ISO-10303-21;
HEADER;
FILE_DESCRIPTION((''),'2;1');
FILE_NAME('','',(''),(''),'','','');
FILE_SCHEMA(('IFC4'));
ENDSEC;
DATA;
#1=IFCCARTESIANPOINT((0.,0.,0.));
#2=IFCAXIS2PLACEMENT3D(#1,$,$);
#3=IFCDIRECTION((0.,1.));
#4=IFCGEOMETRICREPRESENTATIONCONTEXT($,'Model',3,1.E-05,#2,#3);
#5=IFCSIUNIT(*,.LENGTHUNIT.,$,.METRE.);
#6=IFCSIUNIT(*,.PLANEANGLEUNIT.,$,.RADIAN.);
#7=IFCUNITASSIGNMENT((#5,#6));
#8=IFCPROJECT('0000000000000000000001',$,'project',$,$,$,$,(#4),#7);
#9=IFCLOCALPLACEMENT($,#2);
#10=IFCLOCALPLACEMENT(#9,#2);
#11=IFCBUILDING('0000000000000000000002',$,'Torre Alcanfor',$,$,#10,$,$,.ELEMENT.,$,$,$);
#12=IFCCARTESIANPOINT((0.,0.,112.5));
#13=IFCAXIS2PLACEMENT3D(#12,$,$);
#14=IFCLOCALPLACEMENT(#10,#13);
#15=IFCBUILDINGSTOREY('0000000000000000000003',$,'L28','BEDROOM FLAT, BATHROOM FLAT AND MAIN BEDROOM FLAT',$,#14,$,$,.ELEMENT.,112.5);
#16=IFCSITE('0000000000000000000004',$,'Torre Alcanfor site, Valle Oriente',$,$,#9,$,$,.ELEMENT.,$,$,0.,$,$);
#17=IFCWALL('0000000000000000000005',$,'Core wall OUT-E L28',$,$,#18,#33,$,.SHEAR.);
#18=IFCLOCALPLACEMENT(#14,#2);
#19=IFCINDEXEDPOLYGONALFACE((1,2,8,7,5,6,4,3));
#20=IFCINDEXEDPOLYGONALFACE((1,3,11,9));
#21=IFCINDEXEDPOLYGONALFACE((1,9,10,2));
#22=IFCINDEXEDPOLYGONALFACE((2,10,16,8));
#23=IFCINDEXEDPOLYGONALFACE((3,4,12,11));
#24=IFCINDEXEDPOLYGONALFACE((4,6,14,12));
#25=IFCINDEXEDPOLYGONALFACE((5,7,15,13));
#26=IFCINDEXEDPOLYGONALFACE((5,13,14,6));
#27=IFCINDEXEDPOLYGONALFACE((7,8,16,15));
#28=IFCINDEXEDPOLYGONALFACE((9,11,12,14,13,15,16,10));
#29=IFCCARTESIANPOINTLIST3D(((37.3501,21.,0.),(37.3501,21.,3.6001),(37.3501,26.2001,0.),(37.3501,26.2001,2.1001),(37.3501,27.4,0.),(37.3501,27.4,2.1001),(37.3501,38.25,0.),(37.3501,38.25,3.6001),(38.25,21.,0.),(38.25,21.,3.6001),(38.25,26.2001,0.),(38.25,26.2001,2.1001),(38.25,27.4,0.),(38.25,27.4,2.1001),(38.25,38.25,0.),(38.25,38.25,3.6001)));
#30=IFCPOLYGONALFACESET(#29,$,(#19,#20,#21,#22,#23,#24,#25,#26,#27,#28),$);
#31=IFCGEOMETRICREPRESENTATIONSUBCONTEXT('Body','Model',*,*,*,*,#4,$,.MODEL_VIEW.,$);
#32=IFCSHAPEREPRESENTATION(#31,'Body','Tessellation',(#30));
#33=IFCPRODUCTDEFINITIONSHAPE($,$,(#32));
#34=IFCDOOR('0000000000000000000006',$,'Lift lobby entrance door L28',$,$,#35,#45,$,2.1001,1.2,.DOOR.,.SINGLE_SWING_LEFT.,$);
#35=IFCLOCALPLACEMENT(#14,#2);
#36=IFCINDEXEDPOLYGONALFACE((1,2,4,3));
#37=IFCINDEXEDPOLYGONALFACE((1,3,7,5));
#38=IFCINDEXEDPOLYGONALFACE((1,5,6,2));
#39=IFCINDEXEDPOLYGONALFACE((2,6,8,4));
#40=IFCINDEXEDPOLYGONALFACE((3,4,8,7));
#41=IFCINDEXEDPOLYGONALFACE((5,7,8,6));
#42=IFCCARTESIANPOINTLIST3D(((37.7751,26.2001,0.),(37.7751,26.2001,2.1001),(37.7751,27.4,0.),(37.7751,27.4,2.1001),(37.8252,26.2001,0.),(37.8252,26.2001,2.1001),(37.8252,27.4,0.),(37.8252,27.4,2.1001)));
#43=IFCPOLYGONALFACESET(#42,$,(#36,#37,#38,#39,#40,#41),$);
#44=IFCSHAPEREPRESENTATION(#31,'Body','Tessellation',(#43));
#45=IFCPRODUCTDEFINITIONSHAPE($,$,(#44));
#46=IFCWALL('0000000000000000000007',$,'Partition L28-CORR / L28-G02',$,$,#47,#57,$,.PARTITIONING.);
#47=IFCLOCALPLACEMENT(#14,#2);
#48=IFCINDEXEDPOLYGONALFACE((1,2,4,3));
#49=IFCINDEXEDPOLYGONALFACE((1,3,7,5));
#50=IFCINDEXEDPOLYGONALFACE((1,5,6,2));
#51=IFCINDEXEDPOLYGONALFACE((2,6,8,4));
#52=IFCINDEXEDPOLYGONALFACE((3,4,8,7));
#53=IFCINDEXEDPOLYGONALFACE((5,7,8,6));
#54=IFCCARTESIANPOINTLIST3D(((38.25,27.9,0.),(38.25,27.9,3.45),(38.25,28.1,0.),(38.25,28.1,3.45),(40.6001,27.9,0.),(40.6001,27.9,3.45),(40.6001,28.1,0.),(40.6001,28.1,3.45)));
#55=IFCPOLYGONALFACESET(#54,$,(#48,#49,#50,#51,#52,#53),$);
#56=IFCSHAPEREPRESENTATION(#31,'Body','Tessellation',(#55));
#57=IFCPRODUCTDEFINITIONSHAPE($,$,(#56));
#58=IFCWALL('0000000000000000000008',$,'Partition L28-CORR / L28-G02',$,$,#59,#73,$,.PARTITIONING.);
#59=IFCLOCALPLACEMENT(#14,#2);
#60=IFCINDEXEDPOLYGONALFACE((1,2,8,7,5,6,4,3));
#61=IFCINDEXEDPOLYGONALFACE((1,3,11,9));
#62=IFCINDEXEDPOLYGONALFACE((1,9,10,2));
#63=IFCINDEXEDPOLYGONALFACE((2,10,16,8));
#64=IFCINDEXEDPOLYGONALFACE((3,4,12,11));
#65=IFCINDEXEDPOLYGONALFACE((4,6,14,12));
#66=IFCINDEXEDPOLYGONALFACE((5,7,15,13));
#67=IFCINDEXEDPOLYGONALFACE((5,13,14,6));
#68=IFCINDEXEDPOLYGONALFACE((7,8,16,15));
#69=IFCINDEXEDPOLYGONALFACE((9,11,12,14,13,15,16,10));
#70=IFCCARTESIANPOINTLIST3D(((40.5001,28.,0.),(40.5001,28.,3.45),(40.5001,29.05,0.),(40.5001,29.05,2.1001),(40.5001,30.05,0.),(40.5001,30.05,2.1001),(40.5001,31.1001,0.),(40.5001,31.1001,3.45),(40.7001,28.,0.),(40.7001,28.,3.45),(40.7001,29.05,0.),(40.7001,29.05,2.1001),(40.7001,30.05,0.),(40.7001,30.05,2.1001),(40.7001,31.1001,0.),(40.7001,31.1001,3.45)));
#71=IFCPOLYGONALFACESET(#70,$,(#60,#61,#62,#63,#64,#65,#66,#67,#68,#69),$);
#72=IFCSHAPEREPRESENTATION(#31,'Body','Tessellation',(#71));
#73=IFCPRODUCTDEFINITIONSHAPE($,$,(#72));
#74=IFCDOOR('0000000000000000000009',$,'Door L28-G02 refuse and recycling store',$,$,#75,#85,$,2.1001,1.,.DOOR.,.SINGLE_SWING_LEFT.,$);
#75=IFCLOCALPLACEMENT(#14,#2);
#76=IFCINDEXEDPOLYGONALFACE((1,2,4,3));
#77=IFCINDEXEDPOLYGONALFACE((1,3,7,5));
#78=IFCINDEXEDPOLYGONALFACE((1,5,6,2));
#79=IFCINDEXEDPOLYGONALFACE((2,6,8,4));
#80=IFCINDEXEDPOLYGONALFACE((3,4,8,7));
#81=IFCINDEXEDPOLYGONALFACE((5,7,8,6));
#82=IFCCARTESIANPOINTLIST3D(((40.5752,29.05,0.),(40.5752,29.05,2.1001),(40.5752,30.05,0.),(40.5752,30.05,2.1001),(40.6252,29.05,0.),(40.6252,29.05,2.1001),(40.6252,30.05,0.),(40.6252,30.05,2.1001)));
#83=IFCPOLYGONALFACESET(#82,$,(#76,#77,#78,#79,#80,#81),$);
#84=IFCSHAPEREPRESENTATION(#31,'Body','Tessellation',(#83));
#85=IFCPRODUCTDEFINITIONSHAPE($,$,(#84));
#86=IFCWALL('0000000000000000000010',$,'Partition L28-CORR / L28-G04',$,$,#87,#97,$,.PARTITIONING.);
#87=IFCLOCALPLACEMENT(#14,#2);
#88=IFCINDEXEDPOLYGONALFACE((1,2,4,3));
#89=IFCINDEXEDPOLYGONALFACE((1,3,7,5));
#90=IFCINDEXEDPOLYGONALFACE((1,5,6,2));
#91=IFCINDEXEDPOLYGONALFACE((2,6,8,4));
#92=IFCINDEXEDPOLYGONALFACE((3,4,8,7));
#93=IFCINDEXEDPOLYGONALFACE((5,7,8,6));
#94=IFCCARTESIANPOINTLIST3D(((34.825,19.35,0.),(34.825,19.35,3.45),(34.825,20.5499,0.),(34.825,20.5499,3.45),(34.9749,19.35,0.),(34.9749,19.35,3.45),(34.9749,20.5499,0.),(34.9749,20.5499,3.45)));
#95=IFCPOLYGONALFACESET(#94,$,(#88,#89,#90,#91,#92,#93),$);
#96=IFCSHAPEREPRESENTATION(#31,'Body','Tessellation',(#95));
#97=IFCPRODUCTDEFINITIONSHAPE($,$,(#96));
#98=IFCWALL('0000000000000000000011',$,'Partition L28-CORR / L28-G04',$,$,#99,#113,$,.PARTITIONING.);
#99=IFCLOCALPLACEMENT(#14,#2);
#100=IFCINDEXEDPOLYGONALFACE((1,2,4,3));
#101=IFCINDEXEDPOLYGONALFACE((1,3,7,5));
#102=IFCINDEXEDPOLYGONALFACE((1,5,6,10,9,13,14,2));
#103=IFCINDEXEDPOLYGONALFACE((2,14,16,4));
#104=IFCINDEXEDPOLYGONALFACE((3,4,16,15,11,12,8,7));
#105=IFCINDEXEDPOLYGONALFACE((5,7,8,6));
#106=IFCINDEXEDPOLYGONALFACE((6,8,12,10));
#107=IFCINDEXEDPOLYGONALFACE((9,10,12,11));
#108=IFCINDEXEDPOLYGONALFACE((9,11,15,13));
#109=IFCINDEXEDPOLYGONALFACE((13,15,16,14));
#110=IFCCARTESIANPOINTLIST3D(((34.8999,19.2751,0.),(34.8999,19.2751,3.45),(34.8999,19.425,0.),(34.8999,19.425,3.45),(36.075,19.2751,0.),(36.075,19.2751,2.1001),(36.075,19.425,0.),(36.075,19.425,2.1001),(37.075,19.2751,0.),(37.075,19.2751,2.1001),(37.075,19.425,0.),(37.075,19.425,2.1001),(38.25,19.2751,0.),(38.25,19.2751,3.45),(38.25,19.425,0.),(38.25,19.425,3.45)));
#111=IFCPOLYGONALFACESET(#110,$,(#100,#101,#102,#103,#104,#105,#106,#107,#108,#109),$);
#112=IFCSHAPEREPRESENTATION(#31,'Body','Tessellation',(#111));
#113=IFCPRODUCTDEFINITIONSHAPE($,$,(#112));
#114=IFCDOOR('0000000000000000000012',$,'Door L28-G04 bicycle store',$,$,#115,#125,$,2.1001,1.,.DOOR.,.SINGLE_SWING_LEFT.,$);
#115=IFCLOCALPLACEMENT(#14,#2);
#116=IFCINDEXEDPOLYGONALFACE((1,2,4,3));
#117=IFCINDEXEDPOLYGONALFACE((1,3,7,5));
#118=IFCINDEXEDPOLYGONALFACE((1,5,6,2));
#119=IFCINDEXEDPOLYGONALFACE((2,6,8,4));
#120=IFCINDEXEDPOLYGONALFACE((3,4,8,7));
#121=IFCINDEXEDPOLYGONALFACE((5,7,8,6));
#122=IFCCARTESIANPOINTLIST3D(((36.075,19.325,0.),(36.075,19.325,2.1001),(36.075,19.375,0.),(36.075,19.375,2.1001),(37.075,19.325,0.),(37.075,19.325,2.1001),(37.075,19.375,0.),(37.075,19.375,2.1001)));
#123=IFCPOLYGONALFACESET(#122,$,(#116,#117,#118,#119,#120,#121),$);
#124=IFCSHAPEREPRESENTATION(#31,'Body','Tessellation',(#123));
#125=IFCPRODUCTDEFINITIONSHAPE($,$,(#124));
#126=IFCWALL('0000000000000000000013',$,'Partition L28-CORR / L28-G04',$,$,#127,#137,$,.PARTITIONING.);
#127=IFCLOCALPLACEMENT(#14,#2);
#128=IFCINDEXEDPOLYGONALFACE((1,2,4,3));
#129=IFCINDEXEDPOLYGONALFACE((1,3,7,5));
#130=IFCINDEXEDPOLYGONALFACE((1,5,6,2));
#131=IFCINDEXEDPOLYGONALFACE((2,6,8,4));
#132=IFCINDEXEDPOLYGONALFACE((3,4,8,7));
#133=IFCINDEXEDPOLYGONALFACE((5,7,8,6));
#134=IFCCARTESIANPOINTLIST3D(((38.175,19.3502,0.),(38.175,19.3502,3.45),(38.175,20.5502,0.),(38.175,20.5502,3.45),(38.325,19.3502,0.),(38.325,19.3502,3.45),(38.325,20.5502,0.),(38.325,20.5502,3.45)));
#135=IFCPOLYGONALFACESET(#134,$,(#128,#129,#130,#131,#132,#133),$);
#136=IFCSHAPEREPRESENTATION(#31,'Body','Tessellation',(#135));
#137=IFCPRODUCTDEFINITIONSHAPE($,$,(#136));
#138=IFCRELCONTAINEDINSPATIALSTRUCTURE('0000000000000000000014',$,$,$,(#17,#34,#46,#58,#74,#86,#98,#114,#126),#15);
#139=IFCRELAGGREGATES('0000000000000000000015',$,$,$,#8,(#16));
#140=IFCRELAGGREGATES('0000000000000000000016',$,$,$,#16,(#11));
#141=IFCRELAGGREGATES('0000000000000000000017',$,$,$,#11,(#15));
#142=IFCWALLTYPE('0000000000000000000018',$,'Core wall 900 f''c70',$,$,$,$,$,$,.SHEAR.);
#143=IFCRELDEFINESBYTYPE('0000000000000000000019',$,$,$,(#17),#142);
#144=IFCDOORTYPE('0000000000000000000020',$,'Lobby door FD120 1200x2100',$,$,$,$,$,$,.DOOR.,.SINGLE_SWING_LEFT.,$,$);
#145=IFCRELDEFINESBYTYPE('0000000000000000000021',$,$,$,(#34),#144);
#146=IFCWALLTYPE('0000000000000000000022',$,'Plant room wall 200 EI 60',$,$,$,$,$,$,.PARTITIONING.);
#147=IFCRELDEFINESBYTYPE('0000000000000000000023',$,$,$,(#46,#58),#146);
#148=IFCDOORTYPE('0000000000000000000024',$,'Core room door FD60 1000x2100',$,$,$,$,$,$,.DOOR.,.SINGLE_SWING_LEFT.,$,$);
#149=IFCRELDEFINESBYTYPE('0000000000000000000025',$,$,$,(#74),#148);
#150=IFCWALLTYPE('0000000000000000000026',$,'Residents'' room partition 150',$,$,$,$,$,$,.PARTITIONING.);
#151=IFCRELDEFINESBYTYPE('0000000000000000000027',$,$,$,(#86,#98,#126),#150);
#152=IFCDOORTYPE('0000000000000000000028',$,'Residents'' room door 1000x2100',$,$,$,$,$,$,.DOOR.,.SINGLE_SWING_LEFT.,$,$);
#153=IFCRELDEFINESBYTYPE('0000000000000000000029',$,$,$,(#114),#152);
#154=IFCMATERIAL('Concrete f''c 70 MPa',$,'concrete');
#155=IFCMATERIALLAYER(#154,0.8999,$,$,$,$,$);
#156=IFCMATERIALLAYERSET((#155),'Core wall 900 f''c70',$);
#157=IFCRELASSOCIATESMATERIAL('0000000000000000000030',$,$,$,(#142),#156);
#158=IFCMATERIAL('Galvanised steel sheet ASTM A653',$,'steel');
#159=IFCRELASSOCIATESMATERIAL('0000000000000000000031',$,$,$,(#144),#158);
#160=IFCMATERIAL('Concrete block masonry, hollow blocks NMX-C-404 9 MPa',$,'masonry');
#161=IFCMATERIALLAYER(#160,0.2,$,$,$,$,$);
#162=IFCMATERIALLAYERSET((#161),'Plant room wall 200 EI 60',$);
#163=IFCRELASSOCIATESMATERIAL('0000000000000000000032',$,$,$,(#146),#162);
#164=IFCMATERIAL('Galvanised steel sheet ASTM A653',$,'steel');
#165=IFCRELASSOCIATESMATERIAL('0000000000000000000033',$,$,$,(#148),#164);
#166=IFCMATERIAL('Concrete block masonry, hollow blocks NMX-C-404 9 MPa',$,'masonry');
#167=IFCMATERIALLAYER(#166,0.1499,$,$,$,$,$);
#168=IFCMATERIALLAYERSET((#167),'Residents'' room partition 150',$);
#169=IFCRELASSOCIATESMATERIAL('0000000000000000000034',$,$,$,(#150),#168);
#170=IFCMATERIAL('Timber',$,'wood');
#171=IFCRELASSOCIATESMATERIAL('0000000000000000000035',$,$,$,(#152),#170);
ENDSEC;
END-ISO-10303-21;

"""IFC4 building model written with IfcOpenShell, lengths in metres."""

from ifc_helpers import new_model, si_unit, direction, frame, frame_2d, origin, place, context, subcontext, project, spatial, rectangle, extrude, material, layer, layer_set, type_object, element, fill, save


model = new_model("IFC4")

# Units and contexts
model_context = context("Model", 3, precision=1e-05, world=origin(), true_north=direction((0.0, 1.0)))
body_context = subcontext(model_context, "Body", "Model", "MODEL_VIEW")
ifc_project = project(units=[si_unit("LENGTHUNIT", "METRE"), si_unit("PLANEANGLEUNIT", "RADIAN")], contexts=[model_context])

# Site, building, storey
site_placement = place(None, origin())
site = spatial("IfcSite", under=ifc_project, at=site_placement, Name="Torre Alcanfor site, Valle Oriente", CompositionType="ELEMENT", RefElevation=0.0)
building_placement = place(site_placement, origin())
building = spatial("IfcBuilding", under=site, at=building_placement, Name="Torre Alcanfor", CompositionType="ELEMENT")
storey_placement = place(building_placement, frame((0.0, 0.0, 112.5)))
storey = spatial("IfcBuildingStorey", under=building, at=storey_placement, Name="L28", Description="BEDROOM FLAT, BATHROOM FLAT AND MAIN BEDROOM FLAT", CompositionType="ELEMENT", Elevation=112.5)

# Wall, opening, door
ifc_material_1 = material(Name="Concrete f'c 70 MPa", Category="concrete")
ifc_layer_1 = layer(ifc_material_1, 0.8999)
ifc_layer_set_1 = layer_set([ifc_layer_1], Name="Core wall 900 f'c70")
wall_type_1 = type_object("IfcWallType", Name="Core wall 900 f'c70", PredefinedType="SHEAR", material=ifc_layer_set_1)
wall_1_placement = place(storey_placement, frame((37.8, 21.0, 0.0), z_axis=(0.0, 0.0, 1.0), x_axis=(0.0, 1.0, 0.0)))
wall_1 = element("IfcWall", 1, at=wall_1_placement, inside=storey, type_object=wall_type_1, Name="Core wall OUT-E L28", PredefinedType="SHEAR", context=body_context, shape_type="SweptSolid", body=[
    extrude(rectangle(XDim=17.25, YDim=0.8999, at=frame_2d((8.625, 0.0))), origin(), (0.0, 0.0, 1.0), 3.6001),
])
opening_1_placement = place(wall_1_placement, frame((5.2, 0.0, 0.0)))
opening_1 = element("IfcOpeningElement", 2, at=opening_1_placement, cuts=wall_1, PredefinedType="OPENING", context=body_context, shape_type="SweptSolid", body=[
    extrude(rectangle(XDim=1.2, YDim=2.1001, at=frame_2d((0.6001, 1.05))), frame((0.0, 0.46, 0.0), z_axis=(0.0, -1.0, 0.0), x_axis=(1.0, 0.0, 0.0)), (0.0, 0.0, 1.0), 0.9199),
])
ifc_material_2 = material(Name="Galvanised steel sheet ASTM A653", Category="steel")
door_type_1 = type_object("IfcDoorType", Name="Lobby door FD120 1200x2100", OperationType="SINGLE_SWING_LEFT", PredefinedType="DOOR", material=ifc_material_2)
door_1_placement = place(opening_1_placement, origin())
door_1 = element("IfcDoor", 3, at=door_1_placement, inside=storey, type_object=door_type_1, Name="Lift lobby entrance door L28", OperationType="SINGLE_SWING_LEFT", OverallHeight=2.1001, OverallWidth=1.2, PredefinedType="DOOR", context=body_context, shape_type="SweptSolid", body=[
    extrude(rectangle(XDim=1.2, YDim=2.1001, at=frame_2d((0.6001, 1.05))), frame((0.0, 0.0249, 0.0), z_axis=(0.0, -1.0, 0.0), x_axis=(1.0, 0.0, 0.0)), (0.0, 0.0, 1.0), 0.05),
])
fill(opening_1, door_1)

# Wall
ifc_material_3 = material(Name="Concrete block masonry, hollow blocks NMX-C-404 9 MPa", Category="masonry")
ifc_layer_2 = layer(ifc_material_3, 0.2)
ifc_layer_set_2 = layer_set([ifc_layer_2], Name="Plant room wall 200 EI 60")
wall_type_2 = type_object("IfcWallType", Name="Plant room wall 200 EI 60", PredefinedType="PARTITIONING", material=ifc_layer_set_2)
wall_2_placement = place(storey_placement, frame((38.25, 28.0, 0.0), z_axis=(0.0, 0.0, 1.0), x_axis=(1.0, 0.0, 0.0)))
element("IfcWall", 4, at=wall_2_placement, inside=storey, type_object=wall_type_2, Name="Partition L28-CORR / L28-G02", PredefinedType="PARTITIONING", context=body_context, shape_type="SweptSolid", body=[
    extrude(rectangle(XDim=2.3501, YDim=0.2, at=frame_2d((1.175, 0.0))), origin(), (0.0, 0.0, 1.0), 3.45),
])

# Wall, opening, door
wall_3_placement = place(storey_placement, frame((40.6001, 28.0, 0.0), z_axis=(0.0, 0.0, 1.0), x_axis=(0.0, 1.0, 0.0)))
wall_3 = element("IfcWall", 5, at=wall_3_placement, inside=storey, type_object=wall_type_2, Name="Partition L28-CORR / L28-G02", PredefinedType="PARTITIONING", context=body_context, shape_type="SweptSolid", body=[
    extrude(rectangle(XDim=3.1001, YDim=0.2, at=frame_2d((1.55, 0.0))), origin(), (0.0, 0.0, 1.0), 3.45),
])
opening_2_placement = place(wall_3_placement, frame((1.05, 0.0, 0.0)))
opening_2 = element("IfcOpeningElement", 6, at=opening_2_placement, cuts=wall_3, PredefinedType="OPENING", context=body_context, shape_type="SweptSolid", body=[
    extrude(rectangle(XDim=1.0, YDim=2.1001, at=frame_2d((0.5, 1.05))), frame((0.0, 0.1099, 0.0), z_axis=(0.0, -1.0, 0.0), x_axis=(1.0, 0.0, 0.0)), (0.0, 0.0, 1.0), 0.22),
])
ifc_material_4 = material(Name="Galvanised steel sheet ASTM A653", Category="steel")
door_type_2 = type_object("IfcDoorType", Name="Core room door FD60 1000x2100", OperationType="SINGLE_SWING_LEFT", PredefinedType="DOOR", material=ifc_material_4)
door_2_placement = place(opening_2_placement, origin())
door_2 = element("IfcDoor", 7, at=door_2_placement, inside=storey, type_object=door_type_2, Name="Door L28-G02 refuse and recycling store", OperationType="SINGLE_SWING_LEFT", OverallHeight=2.1001, OverallWidth=1.0, PredefinedType="DOOR", context=body_context, shape_type="SweptSolid", body=[
    extrude(rectangle(XDim=1.0, YDim=2.1001, at=frame_2d((0.5, 1.05))), frame((0.0, 0.0249, 0.0), z_axis=(0.0, -1.0, 0.0), x_axis=(1.0, 0.0, 0.0)), (0.0, 0.0, 1.0), 0.05),
])
fill(opening_2, door_2)

# Wall
ifc_material_5 = material(Name="Concrete block masonry, hollow blocks NMX-C-404 9 MPa", Category="masonry")
ifc_layer_3 = layer(ifc_material_5, 0.1499)
ifc_layer_set_3 = layer_set([ifc_layer_3], Name="Residents' room partition 150")
wall_type_3 = type_object("IfcWallType", Name="Residents' room partition 150", PredefinedType="PARTITIONING", material=ifc_layer_set_3)
wall_4_placement = place(storey_placement, frame((34.8999, 20.55, 0.0), z_axis=(0.0, 0.0, 1.0), x_axis=(0.0, -1.0, 0.0)))
element("IfcWall", 8, at=wall_4_placement, inside=storey, type_object=wall_type_3, Name="Partition L28-CORR / L28-G04", PredefinedType="PARTITIONING", context=body_context, shape_type="SweptSolid", body=[
    extrude(rectangle(XDim=1.2, YDim=0.1499, at=frame_2d((0.6001, 0.0))), origin(), (0.0, 0.0, 1.0), 3.45),
])

# Wall, opening, door
wall_5_placement = place(storey_placement, frame((34.8999, 19.3501, 0.0), z_axis=(0.0, 0.0, 1.0), x_axis=(1.0, 0.0, 0.0)))
wall_5 = element("IfcWall", 9, at=wall_5_placement, inside=storey, type_object=wall_type_3, Name="Partition L28-CORR / L28-G04", PredefinedType="PARTITIONING", context=body_context, shape_type="SweptSolid", body=[
    extrude(rectangle(XDim=3.3501, YDim=0.1499, at=frame_2d((1.675, 0.0))), origin(), (0.0, 0.0, 1.0), 3.45),
])
opening_3_placement = place(wall_5_placement, frame((1.175, 0.0, 0.0)))
opening_3 = element("IfcOpeningElement", 10, at=opening_3_placement, cuts=wall_5, PredefinedType="OPENING", context=body_context, shape_type="SweptSolid", body=[
    extrude(rectangle(XDim=1.0, YDim=2.1001, at=frame_2d((0.5, 1.05))), frame((0.0, 0.085, 0.0), z_axis=(0.0, -1.0, 0.0), x_axis=(1.0, 0.0, 0.0)), (0.0, 0.0, 1.0), 0.1699),
])
ifc_material_6 = material(Name="Timber", Category="wood")
door_type_3 = type_object("IfcDoorType", Name="Residents' room door 1000x2100", OperationType="SINGLE_SWING_LEFT", PredefinedType="DOOR", material=ifc_material_6)
door_3_placement = place(opening_3_placement, origin())
door_3 = element("IfcDoor", 11, at=door_3_placement, inside=storey, type_object=door_type_3, Name="Door L28-G04 bicycle store", OperationType="SINGLE_SWING_LEFT", OverallHeight=2.1001, OverallWidth=1.0, PredefinedType="DOOR", context=body_context, shape_type="SweptSolid", body=[
    extrude(rectangle(XDim=1.0, YDim=2.1001, at=frame_2d((0.5, 1.05))), frame((0.0, 0.0249, 0.0), z_axis=(0.0, -1.0, 0.0), x_axis=(1.0, 0.0, 0.0)), (0.0, 0.0, 1.0), 0.05),
])
fill(opening_3, door_3)

# Wall
wall_6_placement = place(storey_placement, frame((38.25, 19.3501, 0.0), z_axis=(0.0, 0.0, 1.0), x_axis=(0.0, 1.0, 0.0)))
element("IfcWall", 12, at=wall_6_placement, inside=storey, type_object=wall_type_3, Name="Partition L28-CORR / L28-G04", PredefinedType="PARTITIONING", context=body_context, shape_type="SweptSolid", body=[
    extrude(rectangle(XDim=1.2, YDim=0.1499, at=frame_2d((0.6001, 0.0))), origin(), (0.0, 0.0, 1.0), 3.45),
])

save(model, "model.ifc")
